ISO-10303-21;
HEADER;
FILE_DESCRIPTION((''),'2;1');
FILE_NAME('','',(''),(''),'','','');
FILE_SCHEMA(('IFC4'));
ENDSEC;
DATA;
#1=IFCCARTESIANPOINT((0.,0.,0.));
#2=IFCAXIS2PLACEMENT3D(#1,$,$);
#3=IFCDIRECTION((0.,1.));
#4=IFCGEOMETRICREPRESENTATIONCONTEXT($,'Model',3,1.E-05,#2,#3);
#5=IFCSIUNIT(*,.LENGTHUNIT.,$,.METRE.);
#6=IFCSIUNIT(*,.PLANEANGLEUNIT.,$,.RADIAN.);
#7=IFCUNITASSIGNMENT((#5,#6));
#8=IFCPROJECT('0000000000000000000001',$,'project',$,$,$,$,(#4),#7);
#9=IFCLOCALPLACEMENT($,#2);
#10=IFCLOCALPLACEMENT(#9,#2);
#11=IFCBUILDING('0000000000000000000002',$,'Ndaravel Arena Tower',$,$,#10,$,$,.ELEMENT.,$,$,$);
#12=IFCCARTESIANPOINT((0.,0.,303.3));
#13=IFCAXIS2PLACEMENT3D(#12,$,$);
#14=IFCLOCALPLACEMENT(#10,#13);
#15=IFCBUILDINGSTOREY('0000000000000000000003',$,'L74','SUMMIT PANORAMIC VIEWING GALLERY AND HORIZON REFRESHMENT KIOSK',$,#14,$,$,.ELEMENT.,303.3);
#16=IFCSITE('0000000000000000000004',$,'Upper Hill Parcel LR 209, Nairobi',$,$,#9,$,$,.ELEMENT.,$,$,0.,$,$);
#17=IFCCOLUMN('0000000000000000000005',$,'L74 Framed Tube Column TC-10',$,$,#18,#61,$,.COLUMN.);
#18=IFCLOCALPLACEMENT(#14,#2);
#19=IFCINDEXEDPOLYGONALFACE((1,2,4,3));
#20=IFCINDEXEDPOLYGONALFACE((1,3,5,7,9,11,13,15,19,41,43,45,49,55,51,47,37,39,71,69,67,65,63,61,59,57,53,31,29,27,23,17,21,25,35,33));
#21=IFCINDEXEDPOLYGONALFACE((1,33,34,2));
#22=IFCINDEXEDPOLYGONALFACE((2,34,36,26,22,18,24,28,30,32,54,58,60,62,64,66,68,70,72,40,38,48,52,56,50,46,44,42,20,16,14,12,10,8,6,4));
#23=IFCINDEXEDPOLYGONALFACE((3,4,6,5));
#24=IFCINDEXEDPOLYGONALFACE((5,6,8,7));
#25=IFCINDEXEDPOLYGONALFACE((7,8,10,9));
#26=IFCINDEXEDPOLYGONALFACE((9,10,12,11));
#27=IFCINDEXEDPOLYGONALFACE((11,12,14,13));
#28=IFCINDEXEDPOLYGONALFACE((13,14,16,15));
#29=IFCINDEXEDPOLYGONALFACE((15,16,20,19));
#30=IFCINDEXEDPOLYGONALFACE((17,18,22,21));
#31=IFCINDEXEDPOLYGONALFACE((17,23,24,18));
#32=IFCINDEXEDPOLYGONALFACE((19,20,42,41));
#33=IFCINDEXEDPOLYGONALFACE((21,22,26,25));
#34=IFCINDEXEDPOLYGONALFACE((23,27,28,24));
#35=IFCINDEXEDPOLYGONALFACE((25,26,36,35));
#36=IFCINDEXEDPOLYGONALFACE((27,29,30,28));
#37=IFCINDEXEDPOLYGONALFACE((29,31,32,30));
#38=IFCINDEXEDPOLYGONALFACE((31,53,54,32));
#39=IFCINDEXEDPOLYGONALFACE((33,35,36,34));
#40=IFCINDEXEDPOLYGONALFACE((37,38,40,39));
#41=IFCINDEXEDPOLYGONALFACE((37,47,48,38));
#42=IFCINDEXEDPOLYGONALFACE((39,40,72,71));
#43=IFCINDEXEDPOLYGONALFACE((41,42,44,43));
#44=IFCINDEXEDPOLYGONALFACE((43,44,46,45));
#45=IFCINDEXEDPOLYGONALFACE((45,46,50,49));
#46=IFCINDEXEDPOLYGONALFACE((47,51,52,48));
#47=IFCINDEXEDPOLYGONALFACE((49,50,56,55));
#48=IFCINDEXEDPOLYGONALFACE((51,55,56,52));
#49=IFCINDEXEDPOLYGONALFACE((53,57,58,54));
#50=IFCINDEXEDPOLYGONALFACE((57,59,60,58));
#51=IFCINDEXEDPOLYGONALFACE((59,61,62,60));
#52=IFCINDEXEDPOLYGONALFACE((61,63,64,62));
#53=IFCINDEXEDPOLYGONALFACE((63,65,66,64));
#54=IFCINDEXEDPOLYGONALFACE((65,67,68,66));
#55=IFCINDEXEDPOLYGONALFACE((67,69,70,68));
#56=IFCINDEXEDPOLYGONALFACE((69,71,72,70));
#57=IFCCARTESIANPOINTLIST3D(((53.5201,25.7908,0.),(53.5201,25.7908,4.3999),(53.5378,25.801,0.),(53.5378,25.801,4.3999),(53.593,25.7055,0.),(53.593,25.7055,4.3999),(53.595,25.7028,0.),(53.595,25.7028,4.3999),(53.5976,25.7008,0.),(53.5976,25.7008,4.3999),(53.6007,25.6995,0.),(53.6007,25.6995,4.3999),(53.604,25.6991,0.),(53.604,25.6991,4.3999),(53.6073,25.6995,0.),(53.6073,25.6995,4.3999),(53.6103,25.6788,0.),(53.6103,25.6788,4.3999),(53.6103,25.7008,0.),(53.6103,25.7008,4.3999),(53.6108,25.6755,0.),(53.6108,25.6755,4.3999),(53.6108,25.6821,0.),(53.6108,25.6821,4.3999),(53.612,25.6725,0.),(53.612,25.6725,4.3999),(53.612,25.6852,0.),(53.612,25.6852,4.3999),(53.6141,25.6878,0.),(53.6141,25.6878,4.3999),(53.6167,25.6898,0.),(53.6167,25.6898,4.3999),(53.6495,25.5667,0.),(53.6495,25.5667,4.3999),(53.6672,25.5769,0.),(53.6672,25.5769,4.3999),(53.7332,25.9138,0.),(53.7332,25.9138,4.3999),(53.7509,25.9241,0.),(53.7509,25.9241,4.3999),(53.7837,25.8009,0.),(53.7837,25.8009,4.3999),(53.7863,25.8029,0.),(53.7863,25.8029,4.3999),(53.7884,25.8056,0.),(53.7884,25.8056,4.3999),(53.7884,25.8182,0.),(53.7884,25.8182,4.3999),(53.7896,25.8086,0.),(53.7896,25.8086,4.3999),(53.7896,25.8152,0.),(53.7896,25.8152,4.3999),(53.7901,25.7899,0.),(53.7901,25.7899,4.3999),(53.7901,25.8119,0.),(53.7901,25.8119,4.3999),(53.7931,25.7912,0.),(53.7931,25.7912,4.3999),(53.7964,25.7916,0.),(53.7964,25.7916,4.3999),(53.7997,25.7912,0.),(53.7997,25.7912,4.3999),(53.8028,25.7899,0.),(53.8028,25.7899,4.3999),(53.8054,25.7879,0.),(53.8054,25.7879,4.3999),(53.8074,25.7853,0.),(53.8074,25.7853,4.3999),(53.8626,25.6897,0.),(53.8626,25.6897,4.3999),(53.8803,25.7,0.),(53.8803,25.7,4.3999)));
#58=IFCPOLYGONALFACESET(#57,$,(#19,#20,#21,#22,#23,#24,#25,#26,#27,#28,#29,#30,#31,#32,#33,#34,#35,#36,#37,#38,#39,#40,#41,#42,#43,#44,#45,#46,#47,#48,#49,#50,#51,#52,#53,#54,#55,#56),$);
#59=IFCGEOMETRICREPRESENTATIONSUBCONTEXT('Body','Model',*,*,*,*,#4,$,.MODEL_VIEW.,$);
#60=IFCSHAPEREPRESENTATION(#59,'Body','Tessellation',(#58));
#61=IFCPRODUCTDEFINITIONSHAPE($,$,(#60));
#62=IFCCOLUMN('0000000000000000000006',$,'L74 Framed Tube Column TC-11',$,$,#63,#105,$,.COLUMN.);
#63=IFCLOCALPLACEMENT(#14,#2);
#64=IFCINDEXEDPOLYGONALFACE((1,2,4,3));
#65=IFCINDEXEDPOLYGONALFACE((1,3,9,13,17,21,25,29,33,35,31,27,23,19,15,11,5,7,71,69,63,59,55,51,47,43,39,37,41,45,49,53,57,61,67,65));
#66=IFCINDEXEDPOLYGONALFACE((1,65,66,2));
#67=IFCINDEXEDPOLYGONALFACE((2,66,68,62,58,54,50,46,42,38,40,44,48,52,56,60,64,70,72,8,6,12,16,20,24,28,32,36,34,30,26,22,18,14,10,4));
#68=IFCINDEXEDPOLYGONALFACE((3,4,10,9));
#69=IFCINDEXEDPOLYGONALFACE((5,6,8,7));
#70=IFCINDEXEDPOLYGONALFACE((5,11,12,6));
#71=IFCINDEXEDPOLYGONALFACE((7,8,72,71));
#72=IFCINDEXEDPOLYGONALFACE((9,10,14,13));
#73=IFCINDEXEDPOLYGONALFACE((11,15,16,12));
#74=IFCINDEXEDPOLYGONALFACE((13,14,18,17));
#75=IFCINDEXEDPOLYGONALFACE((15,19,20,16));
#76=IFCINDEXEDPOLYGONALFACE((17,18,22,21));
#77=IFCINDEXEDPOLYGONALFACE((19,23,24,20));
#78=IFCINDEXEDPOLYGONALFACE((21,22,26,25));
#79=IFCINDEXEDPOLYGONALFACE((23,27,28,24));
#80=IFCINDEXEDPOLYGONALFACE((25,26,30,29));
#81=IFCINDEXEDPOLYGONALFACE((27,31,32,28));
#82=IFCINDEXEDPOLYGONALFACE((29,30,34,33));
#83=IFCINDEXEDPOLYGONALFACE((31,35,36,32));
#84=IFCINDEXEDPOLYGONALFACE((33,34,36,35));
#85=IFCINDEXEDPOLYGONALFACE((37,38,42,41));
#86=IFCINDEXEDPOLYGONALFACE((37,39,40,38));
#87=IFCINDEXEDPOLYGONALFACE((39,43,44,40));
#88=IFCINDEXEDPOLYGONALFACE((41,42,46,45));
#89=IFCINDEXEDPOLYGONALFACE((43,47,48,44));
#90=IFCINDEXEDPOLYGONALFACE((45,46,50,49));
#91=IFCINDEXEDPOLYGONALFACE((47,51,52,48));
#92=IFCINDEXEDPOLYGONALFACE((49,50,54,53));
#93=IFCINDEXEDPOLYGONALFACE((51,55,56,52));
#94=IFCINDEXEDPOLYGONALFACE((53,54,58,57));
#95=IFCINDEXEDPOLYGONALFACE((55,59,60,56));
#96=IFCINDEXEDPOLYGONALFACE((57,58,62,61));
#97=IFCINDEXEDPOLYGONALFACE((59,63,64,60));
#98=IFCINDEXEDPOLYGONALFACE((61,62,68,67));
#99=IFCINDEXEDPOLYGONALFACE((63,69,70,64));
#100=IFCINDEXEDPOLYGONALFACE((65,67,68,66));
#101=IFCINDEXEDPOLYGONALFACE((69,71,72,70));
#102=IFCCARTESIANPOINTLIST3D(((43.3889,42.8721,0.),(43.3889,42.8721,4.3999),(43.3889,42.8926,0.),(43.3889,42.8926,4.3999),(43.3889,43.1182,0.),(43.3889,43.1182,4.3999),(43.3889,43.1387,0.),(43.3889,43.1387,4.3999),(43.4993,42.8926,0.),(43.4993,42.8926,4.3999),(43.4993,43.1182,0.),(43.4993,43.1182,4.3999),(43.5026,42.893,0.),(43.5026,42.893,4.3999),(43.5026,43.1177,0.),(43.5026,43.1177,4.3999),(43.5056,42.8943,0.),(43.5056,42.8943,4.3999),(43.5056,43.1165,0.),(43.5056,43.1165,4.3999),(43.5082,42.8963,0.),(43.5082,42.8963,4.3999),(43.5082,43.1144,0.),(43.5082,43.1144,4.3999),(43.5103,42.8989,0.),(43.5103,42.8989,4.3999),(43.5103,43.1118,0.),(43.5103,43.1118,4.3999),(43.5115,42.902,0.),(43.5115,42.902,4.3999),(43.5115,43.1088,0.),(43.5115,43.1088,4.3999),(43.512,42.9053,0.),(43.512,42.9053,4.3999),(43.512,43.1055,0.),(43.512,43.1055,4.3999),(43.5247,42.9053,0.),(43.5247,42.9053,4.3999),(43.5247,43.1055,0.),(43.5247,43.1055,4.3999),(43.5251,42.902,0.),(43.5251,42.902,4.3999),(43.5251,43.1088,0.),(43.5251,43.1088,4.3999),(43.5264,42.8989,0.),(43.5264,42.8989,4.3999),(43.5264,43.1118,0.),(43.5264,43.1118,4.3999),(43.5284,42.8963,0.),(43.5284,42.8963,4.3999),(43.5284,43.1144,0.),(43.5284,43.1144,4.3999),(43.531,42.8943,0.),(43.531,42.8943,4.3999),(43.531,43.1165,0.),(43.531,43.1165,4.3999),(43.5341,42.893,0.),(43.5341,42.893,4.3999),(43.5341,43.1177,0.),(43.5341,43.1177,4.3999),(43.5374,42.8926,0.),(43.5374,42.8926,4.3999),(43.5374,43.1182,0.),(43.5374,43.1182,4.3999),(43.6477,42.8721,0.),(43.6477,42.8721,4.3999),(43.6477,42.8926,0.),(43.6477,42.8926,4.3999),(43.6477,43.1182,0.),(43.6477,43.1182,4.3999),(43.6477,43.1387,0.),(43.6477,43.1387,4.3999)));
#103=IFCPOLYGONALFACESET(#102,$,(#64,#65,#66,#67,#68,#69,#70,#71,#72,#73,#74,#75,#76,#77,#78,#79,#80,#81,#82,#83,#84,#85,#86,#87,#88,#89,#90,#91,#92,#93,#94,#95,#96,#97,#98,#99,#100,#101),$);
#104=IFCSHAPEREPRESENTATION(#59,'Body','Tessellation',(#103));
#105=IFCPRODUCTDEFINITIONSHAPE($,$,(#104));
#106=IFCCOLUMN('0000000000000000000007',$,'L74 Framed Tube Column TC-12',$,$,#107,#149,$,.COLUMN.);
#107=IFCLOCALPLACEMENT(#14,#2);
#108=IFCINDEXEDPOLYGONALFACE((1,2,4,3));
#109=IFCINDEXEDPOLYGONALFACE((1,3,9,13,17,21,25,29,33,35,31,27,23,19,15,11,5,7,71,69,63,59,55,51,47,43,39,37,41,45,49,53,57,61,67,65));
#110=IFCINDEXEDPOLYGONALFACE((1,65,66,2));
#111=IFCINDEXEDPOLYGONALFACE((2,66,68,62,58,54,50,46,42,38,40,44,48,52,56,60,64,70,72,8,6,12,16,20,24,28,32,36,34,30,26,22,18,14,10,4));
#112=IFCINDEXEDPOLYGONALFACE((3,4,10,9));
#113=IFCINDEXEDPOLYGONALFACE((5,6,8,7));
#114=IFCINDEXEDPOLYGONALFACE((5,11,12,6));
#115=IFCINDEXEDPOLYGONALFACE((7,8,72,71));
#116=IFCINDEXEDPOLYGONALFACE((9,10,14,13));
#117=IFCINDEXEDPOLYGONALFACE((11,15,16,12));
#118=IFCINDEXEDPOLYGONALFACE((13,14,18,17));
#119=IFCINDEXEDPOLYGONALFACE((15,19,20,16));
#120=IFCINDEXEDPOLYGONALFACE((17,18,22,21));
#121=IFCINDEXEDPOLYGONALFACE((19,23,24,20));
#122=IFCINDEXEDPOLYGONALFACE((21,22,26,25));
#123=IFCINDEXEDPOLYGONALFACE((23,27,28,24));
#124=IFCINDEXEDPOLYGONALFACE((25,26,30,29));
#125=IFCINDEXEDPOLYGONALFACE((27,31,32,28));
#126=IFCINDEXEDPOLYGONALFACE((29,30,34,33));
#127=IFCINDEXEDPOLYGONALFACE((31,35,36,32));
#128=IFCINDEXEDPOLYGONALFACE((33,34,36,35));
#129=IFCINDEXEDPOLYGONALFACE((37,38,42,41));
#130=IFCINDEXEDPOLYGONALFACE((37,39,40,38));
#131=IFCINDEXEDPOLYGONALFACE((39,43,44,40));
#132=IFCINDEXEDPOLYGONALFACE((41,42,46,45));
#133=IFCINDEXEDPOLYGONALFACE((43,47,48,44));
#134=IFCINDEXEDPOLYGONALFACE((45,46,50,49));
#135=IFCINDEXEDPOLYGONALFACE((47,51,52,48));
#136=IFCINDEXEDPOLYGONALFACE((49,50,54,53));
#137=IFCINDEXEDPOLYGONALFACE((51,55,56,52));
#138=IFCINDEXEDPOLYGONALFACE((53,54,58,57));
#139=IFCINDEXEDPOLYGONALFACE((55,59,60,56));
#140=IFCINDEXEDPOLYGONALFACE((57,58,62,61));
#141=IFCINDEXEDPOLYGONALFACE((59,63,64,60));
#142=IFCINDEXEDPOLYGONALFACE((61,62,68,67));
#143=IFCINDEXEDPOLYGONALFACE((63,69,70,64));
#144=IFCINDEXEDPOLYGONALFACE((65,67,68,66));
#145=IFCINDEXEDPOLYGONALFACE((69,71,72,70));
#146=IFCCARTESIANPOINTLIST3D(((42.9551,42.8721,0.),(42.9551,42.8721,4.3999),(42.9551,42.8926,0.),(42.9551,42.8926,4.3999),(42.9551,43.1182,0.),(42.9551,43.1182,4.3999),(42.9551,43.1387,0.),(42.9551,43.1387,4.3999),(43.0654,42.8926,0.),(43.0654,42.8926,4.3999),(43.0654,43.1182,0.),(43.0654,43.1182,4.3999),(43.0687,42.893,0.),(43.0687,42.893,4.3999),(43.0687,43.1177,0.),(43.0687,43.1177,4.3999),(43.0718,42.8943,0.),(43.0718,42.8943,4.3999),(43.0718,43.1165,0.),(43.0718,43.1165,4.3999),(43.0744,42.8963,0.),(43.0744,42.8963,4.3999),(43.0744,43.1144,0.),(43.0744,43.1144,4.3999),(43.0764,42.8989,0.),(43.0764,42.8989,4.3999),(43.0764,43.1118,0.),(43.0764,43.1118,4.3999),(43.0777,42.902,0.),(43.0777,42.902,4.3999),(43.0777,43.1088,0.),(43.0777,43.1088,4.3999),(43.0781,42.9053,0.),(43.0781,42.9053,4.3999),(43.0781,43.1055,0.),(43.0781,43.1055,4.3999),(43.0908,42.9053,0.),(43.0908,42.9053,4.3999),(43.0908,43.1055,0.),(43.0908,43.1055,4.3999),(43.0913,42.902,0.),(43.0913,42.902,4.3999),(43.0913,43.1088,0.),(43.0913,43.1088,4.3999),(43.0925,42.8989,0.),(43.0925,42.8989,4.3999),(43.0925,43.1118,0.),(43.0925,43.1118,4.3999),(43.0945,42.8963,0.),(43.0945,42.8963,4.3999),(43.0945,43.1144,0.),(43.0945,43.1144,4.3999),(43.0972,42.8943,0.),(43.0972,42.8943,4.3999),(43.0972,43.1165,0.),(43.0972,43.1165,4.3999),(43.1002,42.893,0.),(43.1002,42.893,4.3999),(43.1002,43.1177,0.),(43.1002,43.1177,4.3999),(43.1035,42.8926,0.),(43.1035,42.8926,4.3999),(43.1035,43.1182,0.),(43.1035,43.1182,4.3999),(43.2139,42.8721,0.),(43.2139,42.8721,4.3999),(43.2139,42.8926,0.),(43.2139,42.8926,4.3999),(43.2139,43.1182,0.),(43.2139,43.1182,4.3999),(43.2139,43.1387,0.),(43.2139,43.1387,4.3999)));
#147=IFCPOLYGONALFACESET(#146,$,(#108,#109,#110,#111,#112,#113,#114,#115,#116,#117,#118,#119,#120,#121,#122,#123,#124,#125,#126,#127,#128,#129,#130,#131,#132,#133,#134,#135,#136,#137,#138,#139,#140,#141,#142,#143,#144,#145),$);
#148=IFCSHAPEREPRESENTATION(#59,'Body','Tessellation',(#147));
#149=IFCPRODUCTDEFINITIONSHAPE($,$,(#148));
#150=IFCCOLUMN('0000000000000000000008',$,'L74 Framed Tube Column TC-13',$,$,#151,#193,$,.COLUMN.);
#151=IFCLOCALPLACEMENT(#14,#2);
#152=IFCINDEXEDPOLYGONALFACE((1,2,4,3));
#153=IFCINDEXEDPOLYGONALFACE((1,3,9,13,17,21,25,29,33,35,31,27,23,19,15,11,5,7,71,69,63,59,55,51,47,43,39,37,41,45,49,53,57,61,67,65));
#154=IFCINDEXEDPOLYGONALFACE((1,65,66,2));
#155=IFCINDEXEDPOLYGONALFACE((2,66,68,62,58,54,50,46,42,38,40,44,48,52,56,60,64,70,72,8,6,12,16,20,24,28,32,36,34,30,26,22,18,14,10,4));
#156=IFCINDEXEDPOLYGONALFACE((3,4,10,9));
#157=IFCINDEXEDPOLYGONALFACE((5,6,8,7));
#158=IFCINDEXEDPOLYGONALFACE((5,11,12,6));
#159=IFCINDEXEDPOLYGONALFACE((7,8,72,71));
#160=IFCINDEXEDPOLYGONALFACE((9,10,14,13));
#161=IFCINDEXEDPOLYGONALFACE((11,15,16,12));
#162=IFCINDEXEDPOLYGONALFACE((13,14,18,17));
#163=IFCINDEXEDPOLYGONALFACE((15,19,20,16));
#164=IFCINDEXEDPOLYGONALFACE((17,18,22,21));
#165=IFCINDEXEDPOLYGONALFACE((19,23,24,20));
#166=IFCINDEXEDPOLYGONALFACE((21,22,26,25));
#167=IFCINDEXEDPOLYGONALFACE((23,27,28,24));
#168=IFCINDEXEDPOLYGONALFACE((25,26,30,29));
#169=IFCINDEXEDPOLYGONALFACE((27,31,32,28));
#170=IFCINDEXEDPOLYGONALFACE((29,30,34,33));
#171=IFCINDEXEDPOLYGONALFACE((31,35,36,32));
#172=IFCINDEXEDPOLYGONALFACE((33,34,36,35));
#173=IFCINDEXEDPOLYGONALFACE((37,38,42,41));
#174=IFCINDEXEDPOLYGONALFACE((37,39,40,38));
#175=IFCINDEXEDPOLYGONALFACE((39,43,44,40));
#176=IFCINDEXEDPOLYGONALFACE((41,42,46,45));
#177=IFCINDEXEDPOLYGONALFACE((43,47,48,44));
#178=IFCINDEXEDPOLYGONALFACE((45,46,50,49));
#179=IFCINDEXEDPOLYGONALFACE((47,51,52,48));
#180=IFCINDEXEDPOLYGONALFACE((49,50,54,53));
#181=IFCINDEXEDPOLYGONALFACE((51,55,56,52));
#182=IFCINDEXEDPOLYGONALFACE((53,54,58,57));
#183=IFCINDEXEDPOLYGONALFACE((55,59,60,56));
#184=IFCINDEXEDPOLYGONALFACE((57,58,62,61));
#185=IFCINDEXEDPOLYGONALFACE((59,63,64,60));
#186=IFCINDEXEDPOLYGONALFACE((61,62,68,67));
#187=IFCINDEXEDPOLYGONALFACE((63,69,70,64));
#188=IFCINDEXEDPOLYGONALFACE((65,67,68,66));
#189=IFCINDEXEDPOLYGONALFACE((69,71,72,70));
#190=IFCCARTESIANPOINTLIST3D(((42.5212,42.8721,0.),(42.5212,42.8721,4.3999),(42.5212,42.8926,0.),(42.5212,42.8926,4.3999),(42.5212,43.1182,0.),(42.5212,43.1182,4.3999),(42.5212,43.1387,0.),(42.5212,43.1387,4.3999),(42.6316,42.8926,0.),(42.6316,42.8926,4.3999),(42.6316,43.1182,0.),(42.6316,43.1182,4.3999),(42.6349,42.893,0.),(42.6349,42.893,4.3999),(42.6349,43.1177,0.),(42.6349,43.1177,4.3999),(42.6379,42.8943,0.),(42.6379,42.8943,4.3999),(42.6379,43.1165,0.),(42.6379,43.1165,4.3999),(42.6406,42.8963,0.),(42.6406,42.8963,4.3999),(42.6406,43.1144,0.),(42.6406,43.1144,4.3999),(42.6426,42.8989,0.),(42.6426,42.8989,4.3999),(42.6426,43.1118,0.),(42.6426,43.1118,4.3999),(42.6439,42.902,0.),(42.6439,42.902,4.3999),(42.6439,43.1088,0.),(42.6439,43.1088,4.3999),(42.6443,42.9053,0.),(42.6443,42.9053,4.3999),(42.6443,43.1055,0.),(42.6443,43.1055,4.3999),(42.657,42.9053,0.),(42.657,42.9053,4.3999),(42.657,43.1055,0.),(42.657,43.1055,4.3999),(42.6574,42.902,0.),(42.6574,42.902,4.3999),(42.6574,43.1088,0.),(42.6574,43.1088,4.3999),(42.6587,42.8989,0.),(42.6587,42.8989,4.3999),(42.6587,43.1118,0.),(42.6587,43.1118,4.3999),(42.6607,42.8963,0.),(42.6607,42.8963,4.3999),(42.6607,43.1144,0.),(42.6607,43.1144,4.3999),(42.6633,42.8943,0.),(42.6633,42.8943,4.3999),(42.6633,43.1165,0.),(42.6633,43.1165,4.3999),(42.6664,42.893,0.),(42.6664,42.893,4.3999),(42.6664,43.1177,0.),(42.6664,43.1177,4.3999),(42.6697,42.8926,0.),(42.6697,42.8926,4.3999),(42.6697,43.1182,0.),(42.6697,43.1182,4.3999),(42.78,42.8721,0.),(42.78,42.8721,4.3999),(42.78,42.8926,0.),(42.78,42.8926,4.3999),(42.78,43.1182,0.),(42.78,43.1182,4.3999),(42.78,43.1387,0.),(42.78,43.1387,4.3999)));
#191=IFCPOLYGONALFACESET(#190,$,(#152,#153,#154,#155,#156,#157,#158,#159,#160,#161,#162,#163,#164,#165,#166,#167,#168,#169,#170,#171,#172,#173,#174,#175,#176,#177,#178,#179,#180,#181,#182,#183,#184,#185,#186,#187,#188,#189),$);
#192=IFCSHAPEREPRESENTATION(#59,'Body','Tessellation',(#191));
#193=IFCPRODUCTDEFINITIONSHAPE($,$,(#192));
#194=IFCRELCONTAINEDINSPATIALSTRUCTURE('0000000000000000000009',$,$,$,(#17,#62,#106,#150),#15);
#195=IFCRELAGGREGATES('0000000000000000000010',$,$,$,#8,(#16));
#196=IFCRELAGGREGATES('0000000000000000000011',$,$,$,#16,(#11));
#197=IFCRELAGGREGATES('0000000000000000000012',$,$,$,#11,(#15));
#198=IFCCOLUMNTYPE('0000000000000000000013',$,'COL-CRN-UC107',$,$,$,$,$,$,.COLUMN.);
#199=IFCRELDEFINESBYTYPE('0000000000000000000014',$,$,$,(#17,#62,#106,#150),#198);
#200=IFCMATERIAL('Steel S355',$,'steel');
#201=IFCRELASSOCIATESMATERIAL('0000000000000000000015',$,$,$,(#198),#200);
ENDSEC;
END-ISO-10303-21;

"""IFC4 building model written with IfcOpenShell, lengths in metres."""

from ifc_helpers import new_model, si_unit, direction, frame, origin, origin_2d, place, context, subcontext, project, spatial, i_section, extrude, material, material_profile, profile_set, type_object, element, save


model = new_model("IFC4")

# Units and contexts
model_context = context("Model", 3, precision=1e-05, world=origin(), true_north=direction((0.0, 1.0)))
body_context = subcontext(model_context, "Body", "Model", "MODEL_VIEW")
ifc_project = project(units=[si_unit("LENGTHUNIT", "METRE"), si_unit("PLANEANGLEUNIT", "RADIAN")], contexts=[model_context])

# Site, building, storey
site_placement = place(None, origin())
site = spatial("IfcSite", under=ifc_project, at=site_placement, Name="Upper Hill Parcel LR 209, Nairobi", CompositionType="ELEMENT", RefElevation=0.0)
building_placement = place(site_placement, origin())
building = spatial("IfcBuilding", under=site, at=building_placement, Name="Ndaravel Arena Tower", CompositionType="ELEMENT")
storey_placement = place(building_placement, frame((0.0, 0.0, 303.3)))
storey = spatial("IfcBuildingStorey", under=building, at=storey_placement, Name="L74", Description="SUMMIT PANORAMIC VIEWING GALLERY AND HORIZON REFRESHMENT KIOSK", CompositionType="ELEMENT", Elevation=303.3)

# Columns
ifc_material_1 = material(Name="Steel S355", Category="steel")
ifc_material_profile_1 = material_profile(ifc_material_1, i_section(OverallWidth=0.2588, OverallDepth=0.2666, WebThickness=0.0127, FlangeThickness=0.0205, FilletRadius=0.0127, at=origin_2d()), Name="UC 254x254x107")
ifc_profile_set_1 = profile_set([ifc_material_profile_1], Name="Steel S355")
column_type = type_object("IfcColumnType", Name="COL-CRN-UC107", PredefinedType="COLUMN", material=ifc_profile_set_1)
for number, where, z_axis, x_axis, name in (
    (1, (53.7002, 25.7454, 0.0), (0.0, 0.0, 1.0), (-0.5, 0.866025, 0.0), "L74 Framed Tube Column TC-10"),
    (2, (43.5183, 43.0054, 0.0), (0.0, 0.0, 1.0), (1.0, 0.0, 0.0), "L74 Framed Tube Column TC-11"),
    (3, (43.0845, 43.0054, 0.0), (0.0, 0.0, 1.0), (1.0, 0.0, 0.0), "L74 Framed Tube Column TC-12"),
    (4, (42.6506, 43.0054, 0.0), (0.0, 0.0, 1.0), (1.0, 0.0, 0.0), "L74 Framed Tube Column TC-13"),
):
    element("IfcColumn", number, at=place(storey_placement, frame(where, z_axis=z_axis, x_axis=x_axis)), inside=storey, type_object=column_type, Name=name, PredefinedType="COLUMN", context=body_context, shape_type="SweptSolid", body=[
        extrude(i_section(OverallWidth=0.2588, OverallDepth=0.2666, WebThickness=0.0127, FlangeThickness=0.0205, FilletRadius=0.0127, at=origin_2d()), origin(), (0.0, 0.0, 1.0), 4.3999),
    ])

save(model, "model.ifc")
